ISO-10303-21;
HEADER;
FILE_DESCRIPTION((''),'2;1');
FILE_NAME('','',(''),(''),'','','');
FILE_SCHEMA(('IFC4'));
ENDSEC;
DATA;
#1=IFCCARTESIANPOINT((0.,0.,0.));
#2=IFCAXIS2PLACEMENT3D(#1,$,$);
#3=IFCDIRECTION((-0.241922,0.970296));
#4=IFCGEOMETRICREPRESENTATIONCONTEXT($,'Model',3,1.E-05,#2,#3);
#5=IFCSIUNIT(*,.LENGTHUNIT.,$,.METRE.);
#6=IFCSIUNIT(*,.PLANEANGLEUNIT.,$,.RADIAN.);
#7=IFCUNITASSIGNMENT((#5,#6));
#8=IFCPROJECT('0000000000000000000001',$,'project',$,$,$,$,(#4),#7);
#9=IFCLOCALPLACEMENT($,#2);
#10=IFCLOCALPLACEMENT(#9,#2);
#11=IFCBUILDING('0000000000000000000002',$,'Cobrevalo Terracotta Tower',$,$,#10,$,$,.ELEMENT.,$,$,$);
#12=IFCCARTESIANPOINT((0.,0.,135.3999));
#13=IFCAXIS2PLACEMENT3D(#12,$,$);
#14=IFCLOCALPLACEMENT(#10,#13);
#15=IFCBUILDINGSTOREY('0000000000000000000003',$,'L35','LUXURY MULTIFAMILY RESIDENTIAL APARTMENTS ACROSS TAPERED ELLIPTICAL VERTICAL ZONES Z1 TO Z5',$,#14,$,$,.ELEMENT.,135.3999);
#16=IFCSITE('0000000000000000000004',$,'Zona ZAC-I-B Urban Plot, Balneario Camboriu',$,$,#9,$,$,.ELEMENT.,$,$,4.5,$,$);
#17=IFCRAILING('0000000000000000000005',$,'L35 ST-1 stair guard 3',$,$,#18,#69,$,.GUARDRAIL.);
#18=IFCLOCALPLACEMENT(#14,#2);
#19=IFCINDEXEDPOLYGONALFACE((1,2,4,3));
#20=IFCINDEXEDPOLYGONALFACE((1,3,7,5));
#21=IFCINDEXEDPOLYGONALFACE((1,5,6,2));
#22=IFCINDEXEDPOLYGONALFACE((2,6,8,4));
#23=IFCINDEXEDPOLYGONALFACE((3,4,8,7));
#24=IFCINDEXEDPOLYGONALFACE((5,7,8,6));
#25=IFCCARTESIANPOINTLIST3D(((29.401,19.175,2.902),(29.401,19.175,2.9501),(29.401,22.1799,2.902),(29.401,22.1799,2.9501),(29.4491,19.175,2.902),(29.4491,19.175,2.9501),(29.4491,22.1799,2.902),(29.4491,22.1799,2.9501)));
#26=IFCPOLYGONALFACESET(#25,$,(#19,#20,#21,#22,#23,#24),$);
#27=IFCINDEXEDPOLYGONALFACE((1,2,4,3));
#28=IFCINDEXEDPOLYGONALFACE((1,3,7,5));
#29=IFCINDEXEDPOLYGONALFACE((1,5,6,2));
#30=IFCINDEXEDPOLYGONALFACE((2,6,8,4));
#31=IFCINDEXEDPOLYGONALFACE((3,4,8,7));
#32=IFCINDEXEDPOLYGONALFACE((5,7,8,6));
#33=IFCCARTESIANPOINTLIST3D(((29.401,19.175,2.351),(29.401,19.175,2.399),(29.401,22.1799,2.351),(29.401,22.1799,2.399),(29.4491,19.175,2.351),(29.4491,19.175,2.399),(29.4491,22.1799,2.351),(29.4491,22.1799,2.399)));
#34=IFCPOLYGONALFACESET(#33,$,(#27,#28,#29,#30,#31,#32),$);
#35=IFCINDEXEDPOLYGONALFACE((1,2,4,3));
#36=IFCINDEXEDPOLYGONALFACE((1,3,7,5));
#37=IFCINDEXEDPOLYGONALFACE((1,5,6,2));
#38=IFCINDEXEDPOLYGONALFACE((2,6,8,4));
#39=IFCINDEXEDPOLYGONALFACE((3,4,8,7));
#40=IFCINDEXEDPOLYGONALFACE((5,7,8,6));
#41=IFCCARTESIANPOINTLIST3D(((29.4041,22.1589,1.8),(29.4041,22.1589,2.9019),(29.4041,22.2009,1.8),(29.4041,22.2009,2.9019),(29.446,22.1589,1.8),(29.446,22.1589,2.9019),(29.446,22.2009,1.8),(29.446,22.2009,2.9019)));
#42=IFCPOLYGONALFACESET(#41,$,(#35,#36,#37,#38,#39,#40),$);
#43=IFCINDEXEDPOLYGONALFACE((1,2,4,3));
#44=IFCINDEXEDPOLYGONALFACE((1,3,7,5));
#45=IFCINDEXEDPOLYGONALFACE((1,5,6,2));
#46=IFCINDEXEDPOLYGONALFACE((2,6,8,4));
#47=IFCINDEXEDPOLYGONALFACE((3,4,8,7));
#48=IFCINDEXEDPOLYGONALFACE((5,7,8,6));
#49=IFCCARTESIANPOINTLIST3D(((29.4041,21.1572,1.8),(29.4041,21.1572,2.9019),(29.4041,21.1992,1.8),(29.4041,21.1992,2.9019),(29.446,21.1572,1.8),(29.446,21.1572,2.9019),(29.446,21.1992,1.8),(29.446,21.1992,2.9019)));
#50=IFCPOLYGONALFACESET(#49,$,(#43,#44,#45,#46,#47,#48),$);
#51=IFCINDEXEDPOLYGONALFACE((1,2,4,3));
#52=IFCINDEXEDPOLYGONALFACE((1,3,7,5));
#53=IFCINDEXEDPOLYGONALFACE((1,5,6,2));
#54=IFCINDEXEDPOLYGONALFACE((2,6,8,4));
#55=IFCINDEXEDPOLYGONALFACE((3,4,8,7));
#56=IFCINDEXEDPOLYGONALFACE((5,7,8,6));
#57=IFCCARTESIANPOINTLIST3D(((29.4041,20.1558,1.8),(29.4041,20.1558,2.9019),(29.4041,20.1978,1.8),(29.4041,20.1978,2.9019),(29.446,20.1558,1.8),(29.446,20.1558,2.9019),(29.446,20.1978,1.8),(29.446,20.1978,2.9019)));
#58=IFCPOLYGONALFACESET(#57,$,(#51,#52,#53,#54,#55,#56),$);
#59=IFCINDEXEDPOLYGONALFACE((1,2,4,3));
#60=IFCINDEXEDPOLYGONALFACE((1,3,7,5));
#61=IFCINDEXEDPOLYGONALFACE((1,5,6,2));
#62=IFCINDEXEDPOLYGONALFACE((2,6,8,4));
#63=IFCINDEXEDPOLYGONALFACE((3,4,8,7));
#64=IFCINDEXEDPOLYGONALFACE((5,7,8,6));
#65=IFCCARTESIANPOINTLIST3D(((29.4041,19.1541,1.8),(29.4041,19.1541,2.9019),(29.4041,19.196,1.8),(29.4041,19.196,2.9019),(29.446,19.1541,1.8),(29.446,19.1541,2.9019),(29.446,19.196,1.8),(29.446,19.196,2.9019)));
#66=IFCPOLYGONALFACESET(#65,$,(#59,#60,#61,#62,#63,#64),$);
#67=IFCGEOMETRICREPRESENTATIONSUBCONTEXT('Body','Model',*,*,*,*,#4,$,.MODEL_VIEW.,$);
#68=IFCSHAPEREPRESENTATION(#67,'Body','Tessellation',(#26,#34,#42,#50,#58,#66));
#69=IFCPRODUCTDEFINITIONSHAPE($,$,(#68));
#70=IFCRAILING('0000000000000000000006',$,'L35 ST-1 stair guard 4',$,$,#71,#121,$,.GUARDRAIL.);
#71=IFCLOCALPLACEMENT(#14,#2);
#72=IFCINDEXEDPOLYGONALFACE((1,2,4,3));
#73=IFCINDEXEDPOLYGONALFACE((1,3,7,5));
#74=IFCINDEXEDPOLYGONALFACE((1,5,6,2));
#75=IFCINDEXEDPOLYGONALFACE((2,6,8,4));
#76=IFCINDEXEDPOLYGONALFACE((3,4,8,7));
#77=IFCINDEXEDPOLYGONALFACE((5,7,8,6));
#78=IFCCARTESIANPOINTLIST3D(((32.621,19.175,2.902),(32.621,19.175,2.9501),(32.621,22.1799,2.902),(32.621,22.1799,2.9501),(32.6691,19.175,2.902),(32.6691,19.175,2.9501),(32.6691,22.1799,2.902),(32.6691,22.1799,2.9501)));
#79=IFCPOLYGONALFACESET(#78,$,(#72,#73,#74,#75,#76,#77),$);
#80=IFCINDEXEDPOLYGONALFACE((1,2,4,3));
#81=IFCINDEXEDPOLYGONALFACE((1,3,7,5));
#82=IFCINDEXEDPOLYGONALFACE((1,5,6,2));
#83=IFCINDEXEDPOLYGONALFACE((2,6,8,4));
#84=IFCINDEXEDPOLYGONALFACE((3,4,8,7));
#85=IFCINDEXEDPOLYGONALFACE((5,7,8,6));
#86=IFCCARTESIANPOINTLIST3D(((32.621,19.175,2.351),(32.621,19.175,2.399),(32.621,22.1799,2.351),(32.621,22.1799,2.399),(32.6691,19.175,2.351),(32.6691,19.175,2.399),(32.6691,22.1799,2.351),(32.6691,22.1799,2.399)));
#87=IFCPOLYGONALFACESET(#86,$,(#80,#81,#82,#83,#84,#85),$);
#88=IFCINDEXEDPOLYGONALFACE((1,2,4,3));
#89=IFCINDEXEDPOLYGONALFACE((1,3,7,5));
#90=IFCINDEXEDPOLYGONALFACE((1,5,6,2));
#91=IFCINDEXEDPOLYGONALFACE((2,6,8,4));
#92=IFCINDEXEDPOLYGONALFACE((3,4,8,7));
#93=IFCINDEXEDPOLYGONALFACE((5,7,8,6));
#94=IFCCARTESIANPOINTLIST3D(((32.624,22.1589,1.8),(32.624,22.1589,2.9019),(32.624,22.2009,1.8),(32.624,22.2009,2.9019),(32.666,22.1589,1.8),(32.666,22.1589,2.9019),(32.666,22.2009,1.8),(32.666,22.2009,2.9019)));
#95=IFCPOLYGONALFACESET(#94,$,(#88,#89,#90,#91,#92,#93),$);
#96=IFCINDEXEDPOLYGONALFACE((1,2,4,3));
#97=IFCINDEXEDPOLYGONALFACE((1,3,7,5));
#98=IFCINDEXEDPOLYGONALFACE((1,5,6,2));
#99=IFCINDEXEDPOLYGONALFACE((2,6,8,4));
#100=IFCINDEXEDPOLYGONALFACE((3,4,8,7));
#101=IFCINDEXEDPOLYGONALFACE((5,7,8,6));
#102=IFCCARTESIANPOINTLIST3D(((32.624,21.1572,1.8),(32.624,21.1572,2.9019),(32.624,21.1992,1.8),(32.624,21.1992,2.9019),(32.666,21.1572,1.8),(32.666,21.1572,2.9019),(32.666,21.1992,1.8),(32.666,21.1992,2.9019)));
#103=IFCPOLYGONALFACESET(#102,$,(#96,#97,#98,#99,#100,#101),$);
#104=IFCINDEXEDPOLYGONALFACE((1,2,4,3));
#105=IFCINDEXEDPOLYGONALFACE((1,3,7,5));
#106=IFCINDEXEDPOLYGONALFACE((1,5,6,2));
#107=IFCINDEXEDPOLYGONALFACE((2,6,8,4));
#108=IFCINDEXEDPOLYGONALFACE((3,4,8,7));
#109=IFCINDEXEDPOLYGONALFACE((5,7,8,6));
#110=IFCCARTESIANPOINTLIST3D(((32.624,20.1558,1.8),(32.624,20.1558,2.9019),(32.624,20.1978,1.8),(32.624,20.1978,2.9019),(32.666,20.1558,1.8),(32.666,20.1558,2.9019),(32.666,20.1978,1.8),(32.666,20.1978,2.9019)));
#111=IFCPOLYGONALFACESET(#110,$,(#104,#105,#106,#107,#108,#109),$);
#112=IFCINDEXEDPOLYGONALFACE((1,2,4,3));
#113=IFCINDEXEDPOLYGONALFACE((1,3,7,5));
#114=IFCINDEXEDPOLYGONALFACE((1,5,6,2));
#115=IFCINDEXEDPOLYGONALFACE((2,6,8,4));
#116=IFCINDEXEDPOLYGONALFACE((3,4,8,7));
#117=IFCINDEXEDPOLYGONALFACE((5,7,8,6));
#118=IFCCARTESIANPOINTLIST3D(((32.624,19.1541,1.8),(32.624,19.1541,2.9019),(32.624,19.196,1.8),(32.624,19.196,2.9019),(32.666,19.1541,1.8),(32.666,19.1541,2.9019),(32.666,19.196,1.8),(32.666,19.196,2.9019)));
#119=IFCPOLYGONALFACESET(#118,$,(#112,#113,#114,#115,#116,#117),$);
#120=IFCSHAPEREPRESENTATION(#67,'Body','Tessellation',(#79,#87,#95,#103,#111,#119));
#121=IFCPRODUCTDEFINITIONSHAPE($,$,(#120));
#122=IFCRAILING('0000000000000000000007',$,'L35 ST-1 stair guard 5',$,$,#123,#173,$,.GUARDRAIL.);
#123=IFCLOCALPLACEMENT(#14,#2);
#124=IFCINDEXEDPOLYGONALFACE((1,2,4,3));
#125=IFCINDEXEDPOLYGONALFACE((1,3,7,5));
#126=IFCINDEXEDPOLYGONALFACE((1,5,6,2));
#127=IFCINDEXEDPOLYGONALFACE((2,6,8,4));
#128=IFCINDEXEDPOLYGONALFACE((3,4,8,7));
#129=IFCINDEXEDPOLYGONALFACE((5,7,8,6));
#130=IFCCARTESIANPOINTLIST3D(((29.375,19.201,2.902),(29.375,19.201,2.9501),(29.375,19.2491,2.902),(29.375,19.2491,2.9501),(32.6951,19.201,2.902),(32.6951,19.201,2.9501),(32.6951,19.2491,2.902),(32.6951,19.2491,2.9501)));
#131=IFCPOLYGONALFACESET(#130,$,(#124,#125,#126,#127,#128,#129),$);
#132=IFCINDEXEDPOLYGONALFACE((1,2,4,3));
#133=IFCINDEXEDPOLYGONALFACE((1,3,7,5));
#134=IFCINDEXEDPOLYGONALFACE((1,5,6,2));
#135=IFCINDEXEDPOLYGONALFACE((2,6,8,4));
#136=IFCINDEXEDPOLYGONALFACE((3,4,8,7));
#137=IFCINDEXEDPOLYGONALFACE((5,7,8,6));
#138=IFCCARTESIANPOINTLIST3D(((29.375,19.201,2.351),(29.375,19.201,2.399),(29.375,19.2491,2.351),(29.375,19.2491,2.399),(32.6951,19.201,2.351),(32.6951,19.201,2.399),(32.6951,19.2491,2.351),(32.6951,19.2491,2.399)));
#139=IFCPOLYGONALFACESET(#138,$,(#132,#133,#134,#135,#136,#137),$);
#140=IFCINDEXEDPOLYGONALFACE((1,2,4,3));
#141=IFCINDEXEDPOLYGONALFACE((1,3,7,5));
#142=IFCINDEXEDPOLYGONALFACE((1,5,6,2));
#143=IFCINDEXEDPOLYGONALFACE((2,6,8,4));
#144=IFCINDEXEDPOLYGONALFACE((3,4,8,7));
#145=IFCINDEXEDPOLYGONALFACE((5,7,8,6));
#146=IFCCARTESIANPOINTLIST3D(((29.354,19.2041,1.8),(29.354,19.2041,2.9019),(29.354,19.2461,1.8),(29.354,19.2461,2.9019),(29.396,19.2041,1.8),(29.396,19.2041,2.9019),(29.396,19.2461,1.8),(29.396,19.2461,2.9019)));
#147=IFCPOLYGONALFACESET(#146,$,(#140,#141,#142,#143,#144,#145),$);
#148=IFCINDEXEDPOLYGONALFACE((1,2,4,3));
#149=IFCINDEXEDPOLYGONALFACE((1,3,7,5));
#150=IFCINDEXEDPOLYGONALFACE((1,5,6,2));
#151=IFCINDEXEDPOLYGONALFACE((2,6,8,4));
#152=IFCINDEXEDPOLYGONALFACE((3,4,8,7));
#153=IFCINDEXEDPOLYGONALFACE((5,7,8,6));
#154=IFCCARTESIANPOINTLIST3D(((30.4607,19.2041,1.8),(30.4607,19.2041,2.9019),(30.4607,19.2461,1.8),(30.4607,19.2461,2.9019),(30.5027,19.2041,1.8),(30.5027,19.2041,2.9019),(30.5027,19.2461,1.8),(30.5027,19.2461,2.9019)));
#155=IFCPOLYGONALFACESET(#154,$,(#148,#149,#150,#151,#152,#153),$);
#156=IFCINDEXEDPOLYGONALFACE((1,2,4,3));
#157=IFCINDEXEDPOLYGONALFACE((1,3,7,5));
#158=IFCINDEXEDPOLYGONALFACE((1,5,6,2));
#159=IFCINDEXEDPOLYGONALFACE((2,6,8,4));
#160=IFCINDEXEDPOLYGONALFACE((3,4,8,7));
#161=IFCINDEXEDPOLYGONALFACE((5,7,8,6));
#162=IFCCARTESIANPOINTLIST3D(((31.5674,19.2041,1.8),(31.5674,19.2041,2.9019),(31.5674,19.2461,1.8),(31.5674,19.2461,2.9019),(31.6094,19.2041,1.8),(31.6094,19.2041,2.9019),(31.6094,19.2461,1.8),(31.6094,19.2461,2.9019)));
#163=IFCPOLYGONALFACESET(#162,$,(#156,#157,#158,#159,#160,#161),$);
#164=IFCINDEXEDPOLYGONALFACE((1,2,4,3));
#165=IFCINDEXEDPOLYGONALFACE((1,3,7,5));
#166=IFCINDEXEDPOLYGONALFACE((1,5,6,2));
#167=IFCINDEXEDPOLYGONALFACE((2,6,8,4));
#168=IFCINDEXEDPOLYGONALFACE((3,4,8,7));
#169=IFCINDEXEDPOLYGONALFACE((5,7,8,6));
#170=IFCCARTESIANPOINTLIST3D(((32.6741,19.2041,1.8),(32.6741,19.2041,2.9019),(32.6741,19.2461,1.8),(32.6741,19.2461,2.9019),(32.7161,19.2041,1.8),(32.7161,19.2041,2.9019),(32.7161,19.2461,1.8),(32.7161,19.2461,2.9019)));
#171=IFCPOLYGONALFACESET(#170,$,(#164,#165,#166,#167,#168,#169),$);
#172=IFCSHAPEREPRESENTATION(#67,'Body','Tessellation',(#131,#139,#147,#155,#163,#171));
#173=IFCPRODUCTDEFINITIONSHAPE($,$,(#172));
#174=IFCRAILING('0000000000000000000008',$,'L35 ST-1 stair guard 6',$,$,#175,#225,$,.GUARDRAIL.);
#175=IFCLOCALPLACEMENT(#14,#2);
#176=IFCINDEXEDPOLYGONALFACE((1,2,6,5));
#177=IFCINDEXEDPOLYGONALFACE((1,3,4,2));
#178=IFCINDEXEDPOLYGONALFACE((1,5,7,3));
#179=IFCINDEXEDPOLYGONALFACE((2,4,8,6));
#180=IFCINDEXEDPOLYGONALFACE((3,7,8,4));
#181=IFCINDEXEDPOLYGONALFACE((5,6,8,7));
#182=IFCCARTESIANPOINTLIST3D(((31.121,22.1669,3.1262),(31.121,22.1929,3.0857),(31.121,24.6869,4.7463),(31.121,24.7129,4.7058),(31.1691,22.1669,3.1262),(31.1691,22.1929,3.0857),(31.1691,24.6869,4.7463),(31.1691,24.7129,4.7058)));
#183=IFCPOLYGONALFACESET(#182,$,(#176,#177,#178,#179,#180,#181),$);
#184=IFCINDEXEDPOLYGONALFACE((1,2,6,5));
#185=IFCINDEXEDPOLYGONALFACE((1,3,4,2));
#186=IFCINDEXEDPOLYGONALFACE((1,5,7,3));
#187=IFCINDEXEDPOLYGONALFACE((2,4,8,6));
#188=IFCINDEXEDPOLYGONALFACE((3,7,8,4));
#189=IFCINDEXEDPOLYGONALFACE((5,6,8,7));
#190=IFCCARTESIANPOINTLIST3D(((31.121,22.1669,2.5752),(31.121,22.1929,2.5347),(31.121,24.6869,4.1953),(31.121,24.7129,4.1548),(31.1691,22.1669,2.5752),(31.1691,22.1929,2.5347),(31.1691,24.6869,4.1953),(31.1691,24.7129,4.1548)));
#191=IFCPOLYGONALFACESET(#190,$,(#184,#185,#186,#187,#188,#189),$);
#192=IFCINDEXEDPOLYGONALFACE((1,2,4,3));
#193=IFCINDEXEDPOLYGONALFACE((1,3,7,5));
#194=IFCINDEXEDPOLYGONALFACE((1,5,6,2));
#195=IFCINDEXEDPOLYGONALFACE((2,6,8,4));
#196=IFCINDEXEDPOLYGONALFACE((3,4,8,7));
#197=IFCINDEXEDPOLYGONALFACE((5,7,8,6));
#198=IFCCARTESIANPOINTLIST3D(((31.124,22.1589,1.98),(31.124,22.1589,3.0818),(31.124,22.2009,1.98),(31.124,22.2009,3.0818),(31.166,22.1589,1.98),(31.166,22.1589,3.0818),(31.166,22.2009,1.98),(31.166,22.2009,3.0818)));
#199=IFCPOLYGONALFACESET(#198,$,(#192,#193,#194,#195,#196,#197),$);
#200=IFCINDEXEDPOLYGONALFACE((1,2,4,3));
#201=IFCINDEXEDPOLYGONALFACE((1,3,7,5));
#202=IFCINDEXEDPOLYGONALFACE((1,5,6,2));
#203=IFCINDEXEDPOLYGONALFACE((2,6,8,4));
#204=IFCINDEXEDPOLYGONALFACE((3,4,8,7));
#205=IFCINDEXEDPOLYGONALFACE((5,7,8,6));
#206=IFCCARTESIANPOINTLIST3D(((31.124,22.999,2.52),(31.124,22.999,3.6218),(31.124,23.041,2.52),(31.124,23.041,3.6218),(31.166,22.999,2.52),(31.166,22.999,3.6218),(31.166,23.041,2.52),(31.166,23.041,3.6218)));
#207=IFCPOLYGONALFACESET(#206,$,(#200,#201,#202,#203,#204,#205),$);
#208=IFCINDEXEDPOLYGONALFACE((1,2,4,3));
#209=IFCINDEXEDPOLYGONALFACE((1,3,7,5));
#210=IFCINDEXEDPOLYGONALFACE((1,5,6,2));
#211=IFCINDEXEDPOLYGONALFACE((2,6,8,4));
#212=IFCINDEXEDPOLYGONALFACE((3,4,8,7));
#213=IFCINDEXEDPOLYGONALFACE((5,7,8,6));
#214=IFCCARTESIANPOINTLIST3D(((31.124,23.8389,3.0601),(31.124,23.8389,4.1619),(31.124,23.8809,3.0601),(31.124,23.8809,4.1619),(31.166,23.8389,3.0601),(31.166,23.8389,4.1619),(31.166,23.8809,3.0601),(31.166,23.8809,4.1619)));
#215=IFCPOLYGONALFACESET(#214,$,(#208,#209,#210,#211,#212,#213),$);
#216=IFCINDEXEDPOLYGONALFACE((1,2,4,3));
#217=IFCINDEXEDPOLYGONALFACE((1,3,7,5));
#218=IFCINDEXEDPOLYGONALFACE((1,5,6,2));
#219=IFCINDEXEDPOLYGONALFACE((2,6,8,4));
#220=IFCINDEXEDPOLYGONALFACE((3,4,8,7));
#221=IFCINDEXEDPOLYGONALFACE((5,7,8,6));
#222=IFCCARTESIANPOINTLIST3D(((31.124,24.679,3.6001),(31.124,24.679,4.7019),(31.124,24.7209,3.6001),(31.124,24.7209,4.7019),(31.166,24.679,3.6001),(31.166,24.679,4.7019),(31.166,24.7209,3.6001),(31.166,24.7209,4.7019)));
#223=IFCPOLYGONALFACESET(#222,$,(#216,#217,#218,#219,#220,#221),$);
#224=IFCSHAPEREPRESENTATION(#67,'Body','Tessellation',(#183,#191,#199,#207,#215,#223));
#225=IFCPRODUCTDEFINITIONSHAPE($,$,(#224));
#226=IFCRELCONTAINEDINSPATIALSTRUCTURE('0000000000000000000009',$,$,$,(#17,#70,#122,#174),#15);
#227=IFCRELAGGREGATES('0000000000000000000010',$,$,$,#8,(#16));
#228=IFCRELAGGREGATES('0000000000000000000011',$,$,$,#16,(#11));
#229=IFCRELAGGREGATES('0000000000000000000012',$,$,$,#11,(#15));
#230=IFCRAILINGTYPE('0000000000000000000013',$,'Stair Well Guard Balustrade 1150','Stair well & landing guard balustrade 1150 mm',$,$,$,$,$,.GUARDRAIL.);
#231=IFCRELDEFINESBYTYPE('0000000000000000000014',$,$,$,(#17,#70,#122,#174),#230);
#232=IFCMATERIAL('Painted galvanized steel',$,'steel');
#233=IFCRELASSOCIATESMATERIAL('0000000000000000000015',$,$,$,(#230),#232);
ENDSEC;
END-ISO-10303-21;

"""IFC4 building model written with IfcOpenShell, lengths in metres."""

from ifc_helpers import new_model, si_unit, direction, frame, origin, origin_2d, place, context, subcontext, project, spatial, rectangle, extrude, material, type_object, element, save


model = new_model("IFC4")

# Units and contexts
model_context = context("Model", 3, precision=1e-05, world=origin(), true_north=direction((-0.241922, 0.970296)))
body_context = subcontext(model_context, "Body", "Model", "MODEL_VIEW")
ifc_project = project(units=[si_unit("LENGTHUNIT", "METRE"), si_unit("PLANEANGLEUNIT", "RADIAN")], contexts=[model_context])

# Site, building, storey
site_placement = place(None, origin())
site = spatial("IfcSite", under=ifc_project, at=site_placement, Name="Zona ZAC-I-B Urban Plot, Balneario Camboriu", CompositionType="ELEMENT", RefElevation=4.5)
building_placement = place(site_placement, origin())
building = spatial("IfcBuilding", under=site, at=building_placement, Name="Cobrevalo Terracotta Tower", CompositionType="ELEMENT")
storey_placement = place(building_placement, frame((0.0, 0.0, 135.3999)))
storey = spatial("IfcBuildingStorey", under=building, at=storey_placement, Name="L35", Description="LUXURY MULTIFAMILY RESIDENTIAL APARTMENTS ACROSS TAPERED ELLIPTICAL VERTICAL ZONES Z1 TO Z5", CompositionType="ELEMENT", Elevation=135.3999)

# Railings
ifc_material_1 = material(Name="Painted galvanized steel", Category="steel")
railing_type_1 = type_object("IfcRailingType", Name="Stair Well Guard Balustrade 1150", Description="Stair well & landing guard balustrade 1150 mm", PredefinedType="GUARDRAIL", material=ifc_material_1)
for number, where, name in (
    (1, (29.425, 22.1799, 1.8), "L35 ST-1 stair guard 3"),
    (2, (32.645, 22.1799, 1.8), "L35 ST-1 stair guard 4"),
):
    element("IfcRailing", number, at=place(storey_placement, frame(where)), inside=storey, type_object=railing_type_1, Name=name, PredefinedType="GUARDRAIL", context=body_context, shape_type="SweptSolid", body=[
        extrude(rectangle(XDim=0.0481, YDim=0.0481, at=origin_2d()), frame((0.0, 0.0, 1.126), z_axis=(0.0, -1.0, 0.0), x_axis=(1.0, 0.0, 0.0)), (0.0, 0.0, 1.0), 3.0049),
        extrude(rectangle(XDim=0.0481, YDim=0.0481, at=origin_2d()), frame((0.0, 0.0, 0.575), z_axis=(0.0, -1.0, 0.0), x_axis=(1.0, 0.0, 0.0)), (0.0, 0.0, 1.0), 3.0049),
        extrude(rectangle(XDim=0.042, YDim=0.042, at=origin_2d()), origin(), (0.0, 0.0, 1.0), 1.1018),
        extrude(rectangle(XDim=0.042, YDim=0.042, at=origin_2d()), frame((0.0, -1.0017, 0.0)), (0.0, 0.0, 1.0), 1.1018),
        extrude(rectangle(XDim=0.042, YDim=0.042, at=origin_2d()), frame((0.0, -2.0032, 0.0)), (0.0, 0.0, 1.0), 1.1018),
        extrude(rectangle(XDim=0.042, YDim=0.042, at=origin_2d()), frame((0.0, -3.0049, 0.0)), (0.0, 0.0, 1.0), 1.1018),
    ])
railing_1_placement = place(storey_placement, frame((29.375, 19.2251, 1.8)))
element("IfcRailing", 3, at=railing_1_placement, inside=storey, type_object=railing_type_1, Name="L35 ST-1 stair guard 5", PredefinedType="GUARDRAIL", context=body_context, shape_type="SweptSolid", body=[
    extrude(rectangle(XDim=0.0481, YDim=0.0481, at=origin_2d()), frame((0.0, 0.0, 1.126), z_axis=(1.0, 0.0, 0.0), x_axis=(0.0, 1.0, 0.0)), (0.0, 0.0, 1.0), 3.3201),
    extrude(rectangle(XDim=0.0481, YDim=0.0481, at=origin_2d()), frame((0.0, 0.0, 0.575), z_axis=(1.0, 0.0, 0.0), x_axis=(0.0, 1.0, 0.0)), (0.0, 0.0, 1.0), 3.3201),
    extrude(rectangle(XDim=0.042, YDim=0.042, at=origin_2d()), origin(), (0.0, 0.0, 1.0), 1.1018),
    extrude(rectangle(XDim=0.042, YDim=0.042, at=origin_2d()), frame((1.1067, 0.0, 0.0)), (0.0, 0.0, 1.0), 1.1018),
    extrude(rectangle(XDim=0.042, YDim=0.042, at=origin_2d()), frame((2.2134, 0.0, 0.0)), (0.0, 0.0, 1.0), 1.1018),
    extrude(rectangle(XDim=0.042, YDim=0.042, at=origin_2d()), frame((3.3201, 0.0, 0.0)), (0.0, 0.0, 1.0), 1.1018),
])
railing_2_placement = place(storey_placement, frame((31.145, 22.1799, 1.98)))
element("IfcRailing", 4, at=railing_2_placement, inside=storey, type_object=railing_type_1, Name="L35 ST-1 stair guard 6", PredefinedType="GUARDRAIL", context=body_context, shape_type="SweptSolid", body=[
    extrude(rectangle(XDim=0.0481, YDim=0.0481, at=origin_2d()), frame((0.0, 0.0, 1.126), z_axis=(0.0, 0.841163, 0.540782), x_axis=(-1.0, 0.0, 0.0)), (0.0, 0.0, 1.0), 2.9958),
    extrude(rectangle(XDim=0.0481, YDim=0.0481, at=origin_2d()), frame((0.0, 0.0, 0.575), z_axis=(0.0, 0.841163, 0.540782), x_axis=(-1.0, 0.0, 0.0)), (0.0, 0.0, 1.0), 2.9958),
    extrude(rectangle(XDim=0.042, YDim=0.042, at=origin_2d()), origin(), (0.0, 0.0, 1.0), 1.1018),
    extrude(rectangle(XDim=0.042, YDim=0.042, at=origin_2d()), frame((0.0, 0.8401, 0.54)), (0.0, 0.0, 1.0), 1.1018),
    extrude(rectangle(XDim=0.042, YDim=0.042, at=origin_2d()), frame((0.0, 1.6799, 1.0801)), (0.0, 0.0, 1.0), 1.1018),
    extrude(rectangle(XDim=0.042, YDim=0.042, at=origin_2d()), frame((0.0, 2.52, 1.6201)), (0.0, 0.0, 1.0), 1.1018),
])

save(model, "model.ifc")
